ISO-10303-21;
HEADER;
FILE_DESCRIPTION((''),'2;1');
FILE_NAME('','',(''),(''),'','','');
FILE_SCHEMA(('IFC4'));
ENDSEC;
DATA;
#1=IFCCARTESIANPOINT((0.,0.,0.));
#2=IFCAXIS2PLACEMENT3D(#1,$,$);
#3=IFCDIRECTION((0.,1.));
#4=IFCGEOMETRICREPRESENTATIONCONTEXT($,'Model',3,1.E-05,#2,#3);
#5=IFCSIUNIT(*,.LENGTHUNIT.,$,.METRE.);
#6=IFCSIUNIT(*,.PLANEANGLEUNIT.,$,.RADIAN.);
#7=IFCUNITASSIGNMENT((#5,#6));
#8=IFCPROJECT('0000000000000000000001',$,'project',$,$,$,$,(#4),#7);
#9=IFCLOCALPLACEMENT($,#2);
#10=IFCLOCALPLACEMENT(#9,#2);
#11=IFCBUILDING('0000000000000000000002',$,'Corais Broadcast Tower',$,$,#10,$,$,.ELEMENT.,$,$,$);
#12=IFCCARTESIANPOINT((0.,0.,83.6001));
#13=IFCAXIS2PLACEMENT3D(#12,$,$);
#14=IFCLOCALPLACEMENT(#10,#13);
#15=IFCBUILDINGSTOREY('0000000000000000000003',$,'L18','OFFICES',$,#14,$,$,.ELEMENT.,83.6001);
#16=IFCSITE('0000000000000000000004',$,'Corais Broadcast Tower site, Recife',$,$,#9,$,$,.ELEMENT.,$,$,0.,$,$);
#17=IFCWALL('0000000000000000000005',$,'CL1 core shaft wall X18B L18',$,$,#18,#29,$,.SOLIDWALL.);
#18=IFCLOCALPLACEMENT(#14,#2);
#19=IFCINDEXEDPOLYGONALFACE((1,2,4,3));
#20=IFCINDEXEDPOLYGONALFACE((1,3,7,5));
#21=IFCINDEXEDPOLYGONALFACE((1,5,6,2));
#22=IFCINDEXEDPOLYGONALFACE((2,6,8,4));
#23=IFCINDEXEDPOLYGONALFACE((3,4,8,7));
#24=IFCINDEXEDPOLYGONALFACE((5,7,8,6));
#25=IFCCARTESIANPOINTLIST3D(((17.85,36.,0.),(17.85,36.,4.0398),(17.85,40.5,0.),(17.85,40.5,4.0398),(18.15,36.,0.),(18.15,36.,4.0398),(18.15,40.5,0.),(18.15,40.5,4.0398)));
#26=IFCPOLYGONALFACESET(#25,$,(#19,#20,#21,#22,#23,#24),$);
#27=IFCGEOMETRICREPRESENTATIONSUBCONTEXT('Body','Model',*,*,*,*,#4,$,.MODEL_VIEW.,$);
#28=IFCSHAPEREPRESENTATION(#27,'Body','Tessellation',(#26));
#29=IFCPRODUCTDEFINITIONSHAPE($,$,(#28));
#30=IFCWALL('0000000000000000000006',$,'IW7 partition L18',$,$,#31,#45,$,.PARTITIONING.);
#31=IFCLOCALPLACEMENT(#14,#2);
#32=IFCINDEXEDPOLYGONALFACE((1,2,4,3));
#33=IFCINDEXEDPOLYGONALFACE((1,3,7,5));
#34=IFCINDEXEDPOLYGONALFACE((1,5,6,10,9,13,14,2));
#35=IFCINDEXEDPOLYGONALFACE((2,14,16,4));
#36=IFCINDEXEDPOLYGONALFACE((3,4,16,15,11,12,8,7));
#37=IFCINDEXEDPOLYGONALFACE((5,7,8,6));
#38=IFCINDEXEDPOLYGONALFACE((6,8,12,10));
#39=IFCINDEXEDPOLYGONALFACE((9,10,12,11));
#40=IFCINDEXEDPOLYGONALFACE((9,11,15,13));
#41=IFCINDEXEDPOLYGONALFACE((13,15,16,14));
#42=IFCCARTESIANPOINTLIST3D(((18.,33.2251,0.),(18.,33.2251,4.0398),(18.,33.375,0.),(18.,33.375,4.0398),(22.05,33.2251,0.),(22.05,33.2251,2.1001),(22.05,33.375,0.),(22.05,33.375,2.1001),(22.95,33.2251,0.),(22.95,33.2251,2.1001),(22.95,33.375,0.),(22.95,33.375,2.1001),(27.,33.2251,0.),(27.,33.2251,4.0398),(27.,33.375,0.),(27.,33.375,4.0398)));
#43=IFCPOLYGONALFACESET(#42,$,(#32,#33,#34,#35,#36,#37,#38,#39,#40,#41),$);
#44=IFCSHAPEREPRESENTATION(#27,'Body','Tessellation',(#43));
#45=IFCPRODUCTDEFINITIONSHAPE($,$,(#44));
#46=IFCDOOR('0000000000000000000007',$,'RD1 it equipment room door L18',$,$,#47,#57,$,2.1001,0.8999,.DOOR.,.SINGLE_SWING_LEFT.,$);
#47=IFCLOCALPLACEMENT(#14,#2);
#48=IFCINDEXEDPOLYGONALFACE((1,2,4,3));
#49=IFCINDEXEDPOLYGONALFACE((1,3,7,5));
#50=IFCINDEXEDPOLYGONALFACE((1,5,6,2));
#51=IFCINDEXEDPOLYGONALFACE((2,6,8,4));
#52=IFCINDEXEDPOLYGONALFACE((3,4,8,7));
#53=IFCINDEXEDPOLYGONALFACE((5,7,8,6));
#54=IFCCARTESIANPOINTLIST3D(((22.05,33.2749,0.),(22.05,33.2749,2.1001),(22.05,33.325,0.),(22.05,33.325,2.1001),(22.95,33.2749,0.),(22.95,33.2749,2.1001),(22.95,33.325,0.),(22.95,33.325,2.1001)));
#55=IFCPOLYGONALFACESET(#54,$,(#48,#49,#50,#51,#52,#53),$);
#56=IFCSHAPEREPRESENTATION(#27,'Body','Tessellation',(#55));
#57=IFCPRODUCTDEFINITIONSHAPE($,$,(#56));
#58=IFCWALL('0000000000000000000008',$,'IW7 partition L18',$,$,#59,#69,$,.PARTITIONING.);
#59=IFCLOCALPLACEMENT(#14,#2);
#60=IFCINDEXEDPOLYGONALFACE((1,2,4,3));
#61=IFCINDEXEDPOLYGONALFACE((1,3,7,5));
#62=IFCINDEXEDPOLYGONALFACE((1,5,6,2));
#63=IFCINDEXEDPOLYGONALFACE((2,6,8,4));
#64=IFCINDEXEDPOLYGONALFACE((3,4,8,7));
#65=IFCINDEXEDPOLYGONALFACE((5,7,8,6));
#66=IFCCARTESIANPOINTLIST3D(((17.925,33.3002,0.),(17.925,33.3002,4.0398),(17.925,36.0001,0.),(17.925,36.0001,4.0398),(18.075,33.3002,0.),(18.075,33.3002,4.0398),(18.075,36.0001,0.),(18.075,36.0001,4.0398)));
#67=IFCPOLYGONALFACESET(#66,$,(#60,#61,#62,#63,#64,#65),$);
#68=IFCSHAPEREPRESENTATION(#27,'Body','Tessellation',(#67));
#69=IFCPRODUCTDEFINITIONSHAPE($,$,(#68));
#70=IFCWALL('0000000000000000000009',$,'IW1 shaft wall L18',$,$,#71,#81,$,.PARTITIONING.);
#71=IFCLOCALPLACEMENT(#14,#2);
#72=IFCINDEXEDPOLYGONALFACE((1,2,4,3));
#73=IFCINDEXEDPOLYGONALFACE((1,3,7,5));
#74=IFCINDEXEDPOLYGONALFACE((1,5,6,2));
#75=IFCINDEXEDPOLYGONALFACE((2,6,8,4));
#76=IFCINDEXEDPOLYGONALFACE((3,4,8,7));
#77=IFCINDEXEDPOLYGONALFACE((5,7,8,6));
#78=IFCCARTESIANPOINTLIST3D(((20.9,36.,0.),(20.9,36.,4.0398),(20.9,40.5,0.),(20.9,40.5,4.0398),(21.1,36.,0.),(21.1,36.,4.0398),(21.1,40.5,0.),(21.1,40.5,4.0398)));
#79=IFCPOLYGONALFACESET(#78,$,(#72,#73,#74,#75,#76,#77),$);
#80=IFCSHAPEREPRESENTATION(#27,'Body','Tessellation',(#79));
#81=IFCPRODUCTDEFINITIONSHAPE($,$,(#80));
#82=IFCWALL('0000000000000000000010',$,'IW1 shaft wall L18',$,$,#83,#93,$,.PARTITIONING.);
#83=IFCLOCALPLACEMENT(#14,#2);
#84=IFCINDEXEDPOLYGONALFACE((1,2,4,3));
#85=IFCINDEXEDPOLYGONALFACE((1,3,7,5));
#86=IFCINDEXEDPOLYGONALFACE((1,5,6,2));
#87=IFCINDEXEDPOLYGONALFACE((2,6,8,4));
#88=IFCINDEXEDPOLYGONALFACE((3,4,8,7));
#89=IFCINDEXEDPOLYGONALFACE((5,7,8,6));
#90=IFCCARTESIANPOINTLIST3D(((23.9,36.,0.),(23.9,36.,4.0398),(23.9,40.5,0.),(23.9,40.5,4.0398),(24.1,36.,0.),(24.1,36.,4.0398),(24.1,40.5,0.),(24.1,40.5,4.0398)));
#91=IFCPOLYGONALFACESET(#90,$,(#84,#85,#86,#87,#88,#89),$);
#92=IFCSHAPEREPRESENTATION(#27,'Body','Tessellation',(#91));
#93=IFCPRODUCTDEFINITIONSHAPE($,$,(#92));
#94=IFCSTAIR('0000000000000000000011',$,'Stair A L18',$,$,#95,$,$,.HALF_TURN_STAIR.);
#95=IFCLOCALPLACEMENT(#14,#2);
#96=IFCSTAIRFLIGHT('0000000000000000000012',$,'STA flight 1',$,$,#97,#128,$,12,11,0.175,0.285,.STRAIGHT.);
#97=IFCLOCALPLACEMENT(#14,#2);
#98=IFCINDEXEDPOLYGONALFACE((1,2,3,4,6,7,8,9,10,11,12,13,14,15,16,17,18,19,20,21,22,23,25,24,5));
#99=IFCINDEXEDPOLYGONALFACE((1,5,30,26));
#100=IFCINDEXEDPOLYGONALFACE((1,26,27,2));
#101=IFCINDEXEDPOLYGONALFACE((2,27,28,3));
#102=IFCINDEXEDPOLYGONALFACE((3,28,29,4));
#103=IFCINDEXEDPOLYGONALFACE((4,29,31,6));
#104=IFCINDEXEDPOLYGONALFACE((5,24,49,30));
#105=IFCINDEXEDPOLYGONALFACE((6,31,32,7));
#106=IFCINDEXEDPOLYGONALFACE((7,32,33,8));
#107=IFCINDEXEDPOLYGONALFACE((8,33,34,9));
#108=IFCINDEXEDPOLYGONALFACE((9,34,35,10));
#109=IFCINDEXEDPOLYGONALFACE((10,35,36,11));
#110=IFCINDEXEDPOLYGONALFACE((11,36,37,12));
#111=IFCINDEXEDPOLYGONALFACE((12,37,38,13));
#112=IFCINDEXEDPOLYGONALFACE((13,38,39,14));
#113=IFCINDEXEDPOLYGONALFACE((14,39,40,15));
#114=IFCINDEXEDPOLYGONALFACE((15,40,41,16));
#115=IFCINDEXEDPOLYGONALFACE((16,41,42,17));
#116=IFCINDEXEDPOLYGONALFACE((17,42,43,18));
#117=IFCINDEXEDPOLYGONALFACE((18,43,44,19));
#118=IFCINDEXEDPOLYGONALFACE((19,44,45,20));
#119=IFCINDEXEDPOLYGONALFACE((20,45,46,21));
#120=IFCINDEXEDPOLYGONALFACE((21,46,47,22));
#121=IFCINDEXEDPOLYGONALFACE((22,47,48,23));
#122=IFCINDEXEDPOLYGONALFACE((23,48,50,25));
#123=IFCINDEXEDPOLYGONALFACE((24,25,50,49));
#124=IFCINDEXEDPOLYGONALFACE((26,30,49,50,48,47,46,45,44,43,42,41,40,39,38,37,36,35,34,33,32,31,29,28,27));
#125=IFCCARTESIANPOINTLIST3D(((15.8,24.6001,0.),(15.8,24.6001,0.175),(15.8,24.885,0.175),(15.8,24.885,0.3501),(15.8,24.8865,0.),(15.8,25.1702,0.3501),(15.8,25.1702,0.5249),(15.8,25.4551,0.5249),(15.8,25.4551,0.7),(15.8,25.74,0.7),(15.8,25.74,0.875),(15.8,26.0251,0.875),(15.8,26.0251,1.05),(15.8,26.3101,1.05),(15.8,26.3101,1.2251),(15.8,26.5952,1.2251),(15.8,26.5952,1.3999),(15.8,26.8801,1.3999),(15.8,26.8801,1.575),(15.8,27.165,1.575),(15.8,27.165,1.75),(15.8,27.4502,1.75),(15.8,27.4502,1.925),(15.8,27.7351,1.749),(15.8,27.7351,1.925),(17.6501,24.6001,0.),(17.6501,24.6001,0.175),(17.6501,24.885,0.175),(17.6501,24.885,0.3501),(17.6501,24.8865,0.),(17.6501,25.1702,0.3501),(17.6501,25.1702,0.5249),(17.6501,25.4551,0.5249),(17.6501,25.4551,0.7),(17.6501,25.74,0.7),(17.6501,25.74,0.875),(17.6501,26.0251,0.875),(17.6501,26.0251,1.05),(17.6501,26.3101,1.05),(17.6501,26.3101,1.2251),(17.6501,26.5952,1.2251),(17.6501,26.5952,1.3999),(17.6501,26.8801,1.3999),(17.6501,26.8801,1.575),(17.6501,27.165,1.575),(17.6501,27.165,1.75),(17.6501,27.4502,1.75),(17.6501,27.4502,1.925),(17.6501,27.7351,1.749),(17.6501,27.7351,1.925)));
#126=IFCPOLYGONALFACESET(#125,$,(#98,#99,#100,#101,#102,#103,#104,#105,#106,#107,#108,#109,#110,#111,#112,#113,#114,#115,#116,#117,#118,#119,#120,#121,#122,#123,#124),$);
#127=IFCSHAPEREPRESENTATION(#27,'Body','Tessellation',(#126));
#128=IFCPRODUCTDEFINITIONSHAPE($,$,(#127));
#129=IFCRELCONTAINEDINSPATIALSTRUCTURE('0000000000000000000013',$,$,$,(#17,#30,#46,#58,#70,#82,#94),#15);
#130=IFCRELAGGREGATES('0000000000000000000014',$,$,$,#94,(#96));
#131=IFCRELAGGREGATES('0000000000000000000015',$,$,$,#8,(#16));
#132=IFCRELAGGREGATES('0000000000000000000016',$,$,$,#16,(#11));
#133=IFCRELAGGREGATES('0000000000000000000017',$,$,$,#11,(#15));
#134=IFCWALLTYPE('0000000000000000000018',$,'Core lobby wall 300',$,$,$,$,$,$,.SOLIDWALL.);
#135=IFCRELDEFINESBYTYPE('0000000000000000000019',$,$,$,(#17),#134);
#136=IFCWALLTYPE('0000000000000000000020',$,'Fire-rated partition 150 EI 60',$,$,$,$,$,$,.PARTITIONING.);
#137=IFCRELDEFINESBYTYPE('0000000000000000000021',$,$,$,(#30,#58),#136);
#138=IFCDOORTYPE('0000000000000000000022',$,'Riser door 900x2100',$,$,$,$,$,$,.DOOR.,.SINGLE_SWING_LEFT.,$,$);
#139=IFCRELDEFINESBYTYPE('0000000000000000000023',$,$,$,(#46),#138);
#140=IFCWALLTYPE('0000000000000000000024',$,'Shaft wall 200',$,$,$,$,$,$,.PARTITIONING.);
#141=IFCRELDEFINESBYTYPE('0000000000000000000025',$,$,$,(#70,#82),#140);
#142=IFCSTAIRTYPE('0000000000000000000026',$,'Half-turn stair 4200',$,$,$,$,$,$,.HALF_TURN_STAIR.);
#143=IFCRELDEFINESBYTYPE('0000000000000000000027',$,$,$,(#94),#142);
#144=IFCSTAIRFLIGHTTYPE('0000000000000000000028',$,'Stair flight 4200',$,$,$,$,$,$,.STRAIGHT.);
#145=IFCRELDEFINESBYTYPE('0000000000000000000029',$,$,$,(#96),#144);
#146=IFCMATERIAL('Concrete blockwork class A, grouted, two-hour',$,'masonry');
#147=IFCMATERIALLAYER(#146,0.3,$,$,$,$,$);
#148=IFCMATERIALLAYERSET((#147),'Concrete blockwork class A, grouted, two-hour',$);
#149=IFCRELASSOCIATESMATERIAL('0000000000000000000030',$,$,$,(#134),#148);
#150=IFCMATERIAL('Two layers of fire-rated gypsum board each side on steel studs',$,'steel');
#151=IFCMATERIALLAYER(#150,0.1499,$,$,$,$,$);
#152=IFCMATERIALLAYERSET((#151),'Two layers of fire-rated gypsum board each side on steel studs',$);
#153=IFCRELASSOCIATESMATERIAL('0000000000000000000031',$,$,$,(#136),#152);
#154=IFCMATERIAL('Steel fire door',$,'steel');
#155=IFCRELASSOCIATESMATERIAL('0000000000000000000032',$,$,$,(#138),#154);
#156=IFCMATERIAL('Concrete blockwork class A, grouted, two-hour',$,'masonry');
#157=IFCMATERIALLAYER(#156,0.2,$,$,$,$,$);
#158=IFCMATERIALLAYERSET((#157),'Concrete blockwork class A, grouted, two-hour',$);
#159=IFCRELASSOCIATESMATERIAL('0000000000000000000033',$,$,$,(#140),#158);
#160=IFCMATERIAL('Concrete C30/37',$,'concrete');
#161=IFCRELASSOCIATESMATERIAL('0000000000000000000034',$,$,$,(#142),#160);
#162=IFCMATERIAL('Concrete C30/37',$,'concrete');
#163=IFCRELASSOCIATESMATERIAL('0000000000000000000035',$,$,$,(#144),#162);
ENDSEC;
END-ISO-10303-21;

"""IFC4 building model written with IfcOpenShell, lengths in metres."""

from ifc_helpers import new_model, si_unit, direction, frame, frame_2d, origin, place, context, subcontext, project, spatial, polyline, rectangle, outline, extrude, material, layer, layer_set, type_object, element, fill, aggregate, save


model = new_model("IFC4")

# Units and contexts
model_context = context("Model", 3, precision=1e-05, world=origin(), true_north=direction((0.0, 1.0)))
body_context = subcontext(model_context, "Body", "Model", "MODEL_VIEW")
ifc_project = project(units=[si_unit("LENGTHUNIT", "METRE"), si_unit("PLANEANGLEUNIT", "RADIAN")], contexts=[model_context])

# Site, building, storey
site_placement = place(None, origin())
site = spatial("IfcSite", under=ifc_project, at=site_placement, Name="Corais Broadcast Tower site, Recife", CompositionType="ELEMENT", RefElevation=0.0)
building_placement = place(site_placement, origin())
building = spatial("IfcBuilding", under=site, at=building_placement, Name="Corais Broadcast Tower", CompositionType="ELEMENT")
storey_placement = place(building_placement, frame((0.0, 0.0, 83.6001)))
storey = spatial("IfcBuildingStorey", under=building, at=storey_placement, Name="L18", Description="OFFICES", CompositionType="ELEMENT", Elevation=83.6001)

# Wall
ifc_material_1 = material(Name="Concrete blockwork class A, grouted, two-hour", Category="masonry")
ifc_layer_1 = layer(ifc_material_1, 0.3)
ifc_layer_set_1 = layer_set([ifc_layer_1], Name="Concrete blockwork class A, grouted, two-hour")
wall_type_1 = type_object("IfcWallType", Name="Core lobby wall 300", PredefinedType="SOLIDWALL", material=ifc_layer_set_1)
wall_1_placement = place(storey_placement, frame((18.0, 36.0, 0.0), z_axis=(0.0, 0.0, 1.0), x_axis=(0.0, 1.0, 0.0)))
element("IfcWall", 1, at=wall_1_placement, inside=storey, type_object=wall_type_1, Name="CL1 core shaft wall X18B L18", PredefinedType="SOLIDWALL", context=body_context, shape_type="SweptSolid", body=[
    extrude(rectangle(XDim=4.5, YDim=0.3, at=frame_2d((2.25, 0.0))), origin(), (0.0, 0.0, 1.0), 4.0398),
])

# Wall, opening, door
ifc_material_2 = material(Name="Two layers of fire-rated gypsum board each side on steel studs", Category="steel")
ifc_layer_2 = layer(ifc_material_2, 0.1499)
ifc_layer_set_2 = layer_set([ifc_layer_2], Name="Two layers of fire-rated gypsum board each side on steel studs")
wall_type_2 = type_object("IfcWallType", Name="Fire-rated partition 150 EI 60", PredefinedType="PARTITIONING", material=ifc_layer_set_2)
wall_2_placement = place(storey_placement, frame((18.0, 33.3, 0.0), z_axis=(0.0, 0.0, 1.0), x_axis=(1.0, 0.0, 0.0)))
wall_2 = element("IfcWall", 2, at=wall_2_placement, inside=storey, type_object=wall_type_2, Name="IW7 partition L18", PredefinedType="PARTITIONING", context=body_context, shape_type="SweptSolid", body=[
    extrude(rectangle(XDim=9.0, YDim=0.1499, at=frame_2d((4.5, 0.0))), origin(), (0.0, 0.0, 1.0), 4.0398),
])
opening_placement = place(wall_2_placement, frame((4.05, 0.0, 0.0)))
opening = element("IfcOpeningElement", 3, at=opening_placement, cuts=wall_2, PredefinedType="OPENING", context=body_context, shape_type="SweptSolid", body=[
    extrude(rectangle(XDim=0.8999, YDim=2.1001, at=frame_2d((0.45, 1.05))), frame((0.0, 0.085, 0.0), z_axis=(0.0, -1.0, 0.0), x_axis=(1.0, 0.0, 0.0)), (0.0, 0.0, 1.0), 0.1699),
])
ifc_material_3 = material(Name="Steel fire door", Category="steel")
door_type = type_object("IfcDoorType", Name="Riser door 900x2100", OperationType="SINGLE_SWING_LEFT", PredefinedType="DOOR", material=ifc_material_3)
door_placement = place(opening_placement, origin())
door = element("IfcDoor", 4, at=door_placement, inside=storey, type_object=door_type, Name="RD1 it equipment room door L18", OperationType="SINGLE_SWING_LEFT", OverallHeight=2.1001, OverallWidth=0.8999, PredefinedType="DOOR", context=body_context, shape_type="SweptSolid", body=[
    extrude(rectangle(XDim=0.8999, YDim=2.1001, at=frame_2d((0.45, 1.05))), frame((0.0, 0.0249, 0.0), z_axis=(0.0, -1.0, 0.0), x_axis=(1.0, 0.0, 0.0)), (0.0, 0.0, 1.0), 0.05),
])
fill(opening, door)

# Walls
wall_3_placement = place(storey_placement, frame((18.0, 33.3, 0.0), z_axis=(0.0, 0.0, 1.0), x_axis=(0.0, 1.0, 0.0)))
element("IfcWall", 5, at=wall_3_placement, inside=storey, type_object=wall_type_2, Name="IW7 partition L18", PredefinedType="PARTITIONING", context=body_context, shape_type="SweptSolid", body=[
    extrude(rectangle(XDim=2.7, YDim=0.1499, at=frame_2d((1.3501, 0.0))), origin(), (0.0, 0.0, 1.0), 4.0398),
])
ifc_material_4 = material(Name="Concrete blockwork class A, grouted, two-hour", Category="masonry")
ifc_layer_3 = layer(ifc_material_4, 0.2)
ifc_layer_set_3 = layer_set([ifc_layer_3], Name="Concrete blockwork class A, grouted, two-hour")
wall_type_3 = type_object("IfcWallType", Name="Shaft wall 200", PredefinedType="PARTITIONING", material=ifc_layer_set_3)
for number, where, z_axis, x_axis, name in (
    (6, (21.0, 36.0, 0.0), (0.0, 0.0, 1.0), (0.0, 1.0, 0.0), "IW1 shaft wall L18"),
    (7, (24.0, 36.0, 0.0), (0.0, 0.0, 1.0), (0.0, 1.0, 0.0), "IW1 shaft wall L18"),
):
    element("IfcWall", number, at=place(storey_placement, frame(where, z_axis=z_axis, x_axis=x_axis)), inside=storey, type_object=wall_type_3, Name=name, PredefinedType="PARTITIONING", context=body_context, shape_type="SweptSolid", body=[
        extrude(rectangle(XDim=4.5, YDim=0.2, at=frame_2d((2.25, 0.0))), origin(), (0.0, 0.0, 1.0), 4.0398),
    ])

# Stair, stair flight
ifc_material_5 = material(Name="Concrete C30/37", Category="concrete")
stair_type = type_object("IfcStairType", Name="Half-turn stair 4200", PredefinedType="HALF_TURN_STAIR", material=ifc_material_5)
stair_placement = place(storey_placement, origin())
stair = element("IfcStair", 8, at=stair_placement, inside=storey, type_object=stair_type, Name="Stair A L18", PredefinedType="HALF_TURN_STAIR")
ifc_material_6 = material(Name="Concrete C30/37", Category="concrete")
stair_flight_type = type_object("IfcStairFlightType", Name="Stair flight 4200", PredefinedType="STRAIGHT", material=ifc_material_6)
stair_flight_placement = place(storey_placement, frame((16.7251, 24.6001, 0.0), z_axis=(0.0, 0.0, 1.0), x_axis=(0.0, 1.0, 0.0)))
stair_flight = element("IfcStairFlight", 9, at=stair_flight_placement, type_object=stair_flight_type, Name="STA flight 1", NumberOfRisers=12, NumberOfTreads=11, PredefinedType="STRAIGHT", RiserHeight=0.175, TreadLength=0.285, context=body_context, shape_type="SweptSolid", body=[
    extrude(outline(polyline([(0.0, 0.0), (0.0, 0.175), (0.2849, 0.175), (0.2849, 0.3501), (0.5701, 0.3501), (0.5701, 0.5249), (0.855, 0.5249), (0.855, 0.7), (1.1399, 0.7), (1.1399, 0.875), (1.425, 0.875), (1.425, 1.05), (1.71, 1.05), (1.71, 1.2251), (1.9951, 1.2251), (1.9951, 1.3999), (2.28, 1.3999), (2.28, 1.575), (2.5649, 1.575), (2.5649, 1.75), (2.8501, 1.75), (2.8501, 1.925), (3.135, 1.925), (3.135, 2.1001), (3.135, 1.749), (0.2864, 0.0), (0.0, 0.0)])), frame((0.0, 0.925, 0.0), z_axis=(0.0, -1.0, 0.0), x_axis=(1.0, 0.0, 0.0)), (0.0, 0.0, 1.0), 1.8501),
])
aggregate(stair, [stair_flight])

save(model, "model.ifc")
